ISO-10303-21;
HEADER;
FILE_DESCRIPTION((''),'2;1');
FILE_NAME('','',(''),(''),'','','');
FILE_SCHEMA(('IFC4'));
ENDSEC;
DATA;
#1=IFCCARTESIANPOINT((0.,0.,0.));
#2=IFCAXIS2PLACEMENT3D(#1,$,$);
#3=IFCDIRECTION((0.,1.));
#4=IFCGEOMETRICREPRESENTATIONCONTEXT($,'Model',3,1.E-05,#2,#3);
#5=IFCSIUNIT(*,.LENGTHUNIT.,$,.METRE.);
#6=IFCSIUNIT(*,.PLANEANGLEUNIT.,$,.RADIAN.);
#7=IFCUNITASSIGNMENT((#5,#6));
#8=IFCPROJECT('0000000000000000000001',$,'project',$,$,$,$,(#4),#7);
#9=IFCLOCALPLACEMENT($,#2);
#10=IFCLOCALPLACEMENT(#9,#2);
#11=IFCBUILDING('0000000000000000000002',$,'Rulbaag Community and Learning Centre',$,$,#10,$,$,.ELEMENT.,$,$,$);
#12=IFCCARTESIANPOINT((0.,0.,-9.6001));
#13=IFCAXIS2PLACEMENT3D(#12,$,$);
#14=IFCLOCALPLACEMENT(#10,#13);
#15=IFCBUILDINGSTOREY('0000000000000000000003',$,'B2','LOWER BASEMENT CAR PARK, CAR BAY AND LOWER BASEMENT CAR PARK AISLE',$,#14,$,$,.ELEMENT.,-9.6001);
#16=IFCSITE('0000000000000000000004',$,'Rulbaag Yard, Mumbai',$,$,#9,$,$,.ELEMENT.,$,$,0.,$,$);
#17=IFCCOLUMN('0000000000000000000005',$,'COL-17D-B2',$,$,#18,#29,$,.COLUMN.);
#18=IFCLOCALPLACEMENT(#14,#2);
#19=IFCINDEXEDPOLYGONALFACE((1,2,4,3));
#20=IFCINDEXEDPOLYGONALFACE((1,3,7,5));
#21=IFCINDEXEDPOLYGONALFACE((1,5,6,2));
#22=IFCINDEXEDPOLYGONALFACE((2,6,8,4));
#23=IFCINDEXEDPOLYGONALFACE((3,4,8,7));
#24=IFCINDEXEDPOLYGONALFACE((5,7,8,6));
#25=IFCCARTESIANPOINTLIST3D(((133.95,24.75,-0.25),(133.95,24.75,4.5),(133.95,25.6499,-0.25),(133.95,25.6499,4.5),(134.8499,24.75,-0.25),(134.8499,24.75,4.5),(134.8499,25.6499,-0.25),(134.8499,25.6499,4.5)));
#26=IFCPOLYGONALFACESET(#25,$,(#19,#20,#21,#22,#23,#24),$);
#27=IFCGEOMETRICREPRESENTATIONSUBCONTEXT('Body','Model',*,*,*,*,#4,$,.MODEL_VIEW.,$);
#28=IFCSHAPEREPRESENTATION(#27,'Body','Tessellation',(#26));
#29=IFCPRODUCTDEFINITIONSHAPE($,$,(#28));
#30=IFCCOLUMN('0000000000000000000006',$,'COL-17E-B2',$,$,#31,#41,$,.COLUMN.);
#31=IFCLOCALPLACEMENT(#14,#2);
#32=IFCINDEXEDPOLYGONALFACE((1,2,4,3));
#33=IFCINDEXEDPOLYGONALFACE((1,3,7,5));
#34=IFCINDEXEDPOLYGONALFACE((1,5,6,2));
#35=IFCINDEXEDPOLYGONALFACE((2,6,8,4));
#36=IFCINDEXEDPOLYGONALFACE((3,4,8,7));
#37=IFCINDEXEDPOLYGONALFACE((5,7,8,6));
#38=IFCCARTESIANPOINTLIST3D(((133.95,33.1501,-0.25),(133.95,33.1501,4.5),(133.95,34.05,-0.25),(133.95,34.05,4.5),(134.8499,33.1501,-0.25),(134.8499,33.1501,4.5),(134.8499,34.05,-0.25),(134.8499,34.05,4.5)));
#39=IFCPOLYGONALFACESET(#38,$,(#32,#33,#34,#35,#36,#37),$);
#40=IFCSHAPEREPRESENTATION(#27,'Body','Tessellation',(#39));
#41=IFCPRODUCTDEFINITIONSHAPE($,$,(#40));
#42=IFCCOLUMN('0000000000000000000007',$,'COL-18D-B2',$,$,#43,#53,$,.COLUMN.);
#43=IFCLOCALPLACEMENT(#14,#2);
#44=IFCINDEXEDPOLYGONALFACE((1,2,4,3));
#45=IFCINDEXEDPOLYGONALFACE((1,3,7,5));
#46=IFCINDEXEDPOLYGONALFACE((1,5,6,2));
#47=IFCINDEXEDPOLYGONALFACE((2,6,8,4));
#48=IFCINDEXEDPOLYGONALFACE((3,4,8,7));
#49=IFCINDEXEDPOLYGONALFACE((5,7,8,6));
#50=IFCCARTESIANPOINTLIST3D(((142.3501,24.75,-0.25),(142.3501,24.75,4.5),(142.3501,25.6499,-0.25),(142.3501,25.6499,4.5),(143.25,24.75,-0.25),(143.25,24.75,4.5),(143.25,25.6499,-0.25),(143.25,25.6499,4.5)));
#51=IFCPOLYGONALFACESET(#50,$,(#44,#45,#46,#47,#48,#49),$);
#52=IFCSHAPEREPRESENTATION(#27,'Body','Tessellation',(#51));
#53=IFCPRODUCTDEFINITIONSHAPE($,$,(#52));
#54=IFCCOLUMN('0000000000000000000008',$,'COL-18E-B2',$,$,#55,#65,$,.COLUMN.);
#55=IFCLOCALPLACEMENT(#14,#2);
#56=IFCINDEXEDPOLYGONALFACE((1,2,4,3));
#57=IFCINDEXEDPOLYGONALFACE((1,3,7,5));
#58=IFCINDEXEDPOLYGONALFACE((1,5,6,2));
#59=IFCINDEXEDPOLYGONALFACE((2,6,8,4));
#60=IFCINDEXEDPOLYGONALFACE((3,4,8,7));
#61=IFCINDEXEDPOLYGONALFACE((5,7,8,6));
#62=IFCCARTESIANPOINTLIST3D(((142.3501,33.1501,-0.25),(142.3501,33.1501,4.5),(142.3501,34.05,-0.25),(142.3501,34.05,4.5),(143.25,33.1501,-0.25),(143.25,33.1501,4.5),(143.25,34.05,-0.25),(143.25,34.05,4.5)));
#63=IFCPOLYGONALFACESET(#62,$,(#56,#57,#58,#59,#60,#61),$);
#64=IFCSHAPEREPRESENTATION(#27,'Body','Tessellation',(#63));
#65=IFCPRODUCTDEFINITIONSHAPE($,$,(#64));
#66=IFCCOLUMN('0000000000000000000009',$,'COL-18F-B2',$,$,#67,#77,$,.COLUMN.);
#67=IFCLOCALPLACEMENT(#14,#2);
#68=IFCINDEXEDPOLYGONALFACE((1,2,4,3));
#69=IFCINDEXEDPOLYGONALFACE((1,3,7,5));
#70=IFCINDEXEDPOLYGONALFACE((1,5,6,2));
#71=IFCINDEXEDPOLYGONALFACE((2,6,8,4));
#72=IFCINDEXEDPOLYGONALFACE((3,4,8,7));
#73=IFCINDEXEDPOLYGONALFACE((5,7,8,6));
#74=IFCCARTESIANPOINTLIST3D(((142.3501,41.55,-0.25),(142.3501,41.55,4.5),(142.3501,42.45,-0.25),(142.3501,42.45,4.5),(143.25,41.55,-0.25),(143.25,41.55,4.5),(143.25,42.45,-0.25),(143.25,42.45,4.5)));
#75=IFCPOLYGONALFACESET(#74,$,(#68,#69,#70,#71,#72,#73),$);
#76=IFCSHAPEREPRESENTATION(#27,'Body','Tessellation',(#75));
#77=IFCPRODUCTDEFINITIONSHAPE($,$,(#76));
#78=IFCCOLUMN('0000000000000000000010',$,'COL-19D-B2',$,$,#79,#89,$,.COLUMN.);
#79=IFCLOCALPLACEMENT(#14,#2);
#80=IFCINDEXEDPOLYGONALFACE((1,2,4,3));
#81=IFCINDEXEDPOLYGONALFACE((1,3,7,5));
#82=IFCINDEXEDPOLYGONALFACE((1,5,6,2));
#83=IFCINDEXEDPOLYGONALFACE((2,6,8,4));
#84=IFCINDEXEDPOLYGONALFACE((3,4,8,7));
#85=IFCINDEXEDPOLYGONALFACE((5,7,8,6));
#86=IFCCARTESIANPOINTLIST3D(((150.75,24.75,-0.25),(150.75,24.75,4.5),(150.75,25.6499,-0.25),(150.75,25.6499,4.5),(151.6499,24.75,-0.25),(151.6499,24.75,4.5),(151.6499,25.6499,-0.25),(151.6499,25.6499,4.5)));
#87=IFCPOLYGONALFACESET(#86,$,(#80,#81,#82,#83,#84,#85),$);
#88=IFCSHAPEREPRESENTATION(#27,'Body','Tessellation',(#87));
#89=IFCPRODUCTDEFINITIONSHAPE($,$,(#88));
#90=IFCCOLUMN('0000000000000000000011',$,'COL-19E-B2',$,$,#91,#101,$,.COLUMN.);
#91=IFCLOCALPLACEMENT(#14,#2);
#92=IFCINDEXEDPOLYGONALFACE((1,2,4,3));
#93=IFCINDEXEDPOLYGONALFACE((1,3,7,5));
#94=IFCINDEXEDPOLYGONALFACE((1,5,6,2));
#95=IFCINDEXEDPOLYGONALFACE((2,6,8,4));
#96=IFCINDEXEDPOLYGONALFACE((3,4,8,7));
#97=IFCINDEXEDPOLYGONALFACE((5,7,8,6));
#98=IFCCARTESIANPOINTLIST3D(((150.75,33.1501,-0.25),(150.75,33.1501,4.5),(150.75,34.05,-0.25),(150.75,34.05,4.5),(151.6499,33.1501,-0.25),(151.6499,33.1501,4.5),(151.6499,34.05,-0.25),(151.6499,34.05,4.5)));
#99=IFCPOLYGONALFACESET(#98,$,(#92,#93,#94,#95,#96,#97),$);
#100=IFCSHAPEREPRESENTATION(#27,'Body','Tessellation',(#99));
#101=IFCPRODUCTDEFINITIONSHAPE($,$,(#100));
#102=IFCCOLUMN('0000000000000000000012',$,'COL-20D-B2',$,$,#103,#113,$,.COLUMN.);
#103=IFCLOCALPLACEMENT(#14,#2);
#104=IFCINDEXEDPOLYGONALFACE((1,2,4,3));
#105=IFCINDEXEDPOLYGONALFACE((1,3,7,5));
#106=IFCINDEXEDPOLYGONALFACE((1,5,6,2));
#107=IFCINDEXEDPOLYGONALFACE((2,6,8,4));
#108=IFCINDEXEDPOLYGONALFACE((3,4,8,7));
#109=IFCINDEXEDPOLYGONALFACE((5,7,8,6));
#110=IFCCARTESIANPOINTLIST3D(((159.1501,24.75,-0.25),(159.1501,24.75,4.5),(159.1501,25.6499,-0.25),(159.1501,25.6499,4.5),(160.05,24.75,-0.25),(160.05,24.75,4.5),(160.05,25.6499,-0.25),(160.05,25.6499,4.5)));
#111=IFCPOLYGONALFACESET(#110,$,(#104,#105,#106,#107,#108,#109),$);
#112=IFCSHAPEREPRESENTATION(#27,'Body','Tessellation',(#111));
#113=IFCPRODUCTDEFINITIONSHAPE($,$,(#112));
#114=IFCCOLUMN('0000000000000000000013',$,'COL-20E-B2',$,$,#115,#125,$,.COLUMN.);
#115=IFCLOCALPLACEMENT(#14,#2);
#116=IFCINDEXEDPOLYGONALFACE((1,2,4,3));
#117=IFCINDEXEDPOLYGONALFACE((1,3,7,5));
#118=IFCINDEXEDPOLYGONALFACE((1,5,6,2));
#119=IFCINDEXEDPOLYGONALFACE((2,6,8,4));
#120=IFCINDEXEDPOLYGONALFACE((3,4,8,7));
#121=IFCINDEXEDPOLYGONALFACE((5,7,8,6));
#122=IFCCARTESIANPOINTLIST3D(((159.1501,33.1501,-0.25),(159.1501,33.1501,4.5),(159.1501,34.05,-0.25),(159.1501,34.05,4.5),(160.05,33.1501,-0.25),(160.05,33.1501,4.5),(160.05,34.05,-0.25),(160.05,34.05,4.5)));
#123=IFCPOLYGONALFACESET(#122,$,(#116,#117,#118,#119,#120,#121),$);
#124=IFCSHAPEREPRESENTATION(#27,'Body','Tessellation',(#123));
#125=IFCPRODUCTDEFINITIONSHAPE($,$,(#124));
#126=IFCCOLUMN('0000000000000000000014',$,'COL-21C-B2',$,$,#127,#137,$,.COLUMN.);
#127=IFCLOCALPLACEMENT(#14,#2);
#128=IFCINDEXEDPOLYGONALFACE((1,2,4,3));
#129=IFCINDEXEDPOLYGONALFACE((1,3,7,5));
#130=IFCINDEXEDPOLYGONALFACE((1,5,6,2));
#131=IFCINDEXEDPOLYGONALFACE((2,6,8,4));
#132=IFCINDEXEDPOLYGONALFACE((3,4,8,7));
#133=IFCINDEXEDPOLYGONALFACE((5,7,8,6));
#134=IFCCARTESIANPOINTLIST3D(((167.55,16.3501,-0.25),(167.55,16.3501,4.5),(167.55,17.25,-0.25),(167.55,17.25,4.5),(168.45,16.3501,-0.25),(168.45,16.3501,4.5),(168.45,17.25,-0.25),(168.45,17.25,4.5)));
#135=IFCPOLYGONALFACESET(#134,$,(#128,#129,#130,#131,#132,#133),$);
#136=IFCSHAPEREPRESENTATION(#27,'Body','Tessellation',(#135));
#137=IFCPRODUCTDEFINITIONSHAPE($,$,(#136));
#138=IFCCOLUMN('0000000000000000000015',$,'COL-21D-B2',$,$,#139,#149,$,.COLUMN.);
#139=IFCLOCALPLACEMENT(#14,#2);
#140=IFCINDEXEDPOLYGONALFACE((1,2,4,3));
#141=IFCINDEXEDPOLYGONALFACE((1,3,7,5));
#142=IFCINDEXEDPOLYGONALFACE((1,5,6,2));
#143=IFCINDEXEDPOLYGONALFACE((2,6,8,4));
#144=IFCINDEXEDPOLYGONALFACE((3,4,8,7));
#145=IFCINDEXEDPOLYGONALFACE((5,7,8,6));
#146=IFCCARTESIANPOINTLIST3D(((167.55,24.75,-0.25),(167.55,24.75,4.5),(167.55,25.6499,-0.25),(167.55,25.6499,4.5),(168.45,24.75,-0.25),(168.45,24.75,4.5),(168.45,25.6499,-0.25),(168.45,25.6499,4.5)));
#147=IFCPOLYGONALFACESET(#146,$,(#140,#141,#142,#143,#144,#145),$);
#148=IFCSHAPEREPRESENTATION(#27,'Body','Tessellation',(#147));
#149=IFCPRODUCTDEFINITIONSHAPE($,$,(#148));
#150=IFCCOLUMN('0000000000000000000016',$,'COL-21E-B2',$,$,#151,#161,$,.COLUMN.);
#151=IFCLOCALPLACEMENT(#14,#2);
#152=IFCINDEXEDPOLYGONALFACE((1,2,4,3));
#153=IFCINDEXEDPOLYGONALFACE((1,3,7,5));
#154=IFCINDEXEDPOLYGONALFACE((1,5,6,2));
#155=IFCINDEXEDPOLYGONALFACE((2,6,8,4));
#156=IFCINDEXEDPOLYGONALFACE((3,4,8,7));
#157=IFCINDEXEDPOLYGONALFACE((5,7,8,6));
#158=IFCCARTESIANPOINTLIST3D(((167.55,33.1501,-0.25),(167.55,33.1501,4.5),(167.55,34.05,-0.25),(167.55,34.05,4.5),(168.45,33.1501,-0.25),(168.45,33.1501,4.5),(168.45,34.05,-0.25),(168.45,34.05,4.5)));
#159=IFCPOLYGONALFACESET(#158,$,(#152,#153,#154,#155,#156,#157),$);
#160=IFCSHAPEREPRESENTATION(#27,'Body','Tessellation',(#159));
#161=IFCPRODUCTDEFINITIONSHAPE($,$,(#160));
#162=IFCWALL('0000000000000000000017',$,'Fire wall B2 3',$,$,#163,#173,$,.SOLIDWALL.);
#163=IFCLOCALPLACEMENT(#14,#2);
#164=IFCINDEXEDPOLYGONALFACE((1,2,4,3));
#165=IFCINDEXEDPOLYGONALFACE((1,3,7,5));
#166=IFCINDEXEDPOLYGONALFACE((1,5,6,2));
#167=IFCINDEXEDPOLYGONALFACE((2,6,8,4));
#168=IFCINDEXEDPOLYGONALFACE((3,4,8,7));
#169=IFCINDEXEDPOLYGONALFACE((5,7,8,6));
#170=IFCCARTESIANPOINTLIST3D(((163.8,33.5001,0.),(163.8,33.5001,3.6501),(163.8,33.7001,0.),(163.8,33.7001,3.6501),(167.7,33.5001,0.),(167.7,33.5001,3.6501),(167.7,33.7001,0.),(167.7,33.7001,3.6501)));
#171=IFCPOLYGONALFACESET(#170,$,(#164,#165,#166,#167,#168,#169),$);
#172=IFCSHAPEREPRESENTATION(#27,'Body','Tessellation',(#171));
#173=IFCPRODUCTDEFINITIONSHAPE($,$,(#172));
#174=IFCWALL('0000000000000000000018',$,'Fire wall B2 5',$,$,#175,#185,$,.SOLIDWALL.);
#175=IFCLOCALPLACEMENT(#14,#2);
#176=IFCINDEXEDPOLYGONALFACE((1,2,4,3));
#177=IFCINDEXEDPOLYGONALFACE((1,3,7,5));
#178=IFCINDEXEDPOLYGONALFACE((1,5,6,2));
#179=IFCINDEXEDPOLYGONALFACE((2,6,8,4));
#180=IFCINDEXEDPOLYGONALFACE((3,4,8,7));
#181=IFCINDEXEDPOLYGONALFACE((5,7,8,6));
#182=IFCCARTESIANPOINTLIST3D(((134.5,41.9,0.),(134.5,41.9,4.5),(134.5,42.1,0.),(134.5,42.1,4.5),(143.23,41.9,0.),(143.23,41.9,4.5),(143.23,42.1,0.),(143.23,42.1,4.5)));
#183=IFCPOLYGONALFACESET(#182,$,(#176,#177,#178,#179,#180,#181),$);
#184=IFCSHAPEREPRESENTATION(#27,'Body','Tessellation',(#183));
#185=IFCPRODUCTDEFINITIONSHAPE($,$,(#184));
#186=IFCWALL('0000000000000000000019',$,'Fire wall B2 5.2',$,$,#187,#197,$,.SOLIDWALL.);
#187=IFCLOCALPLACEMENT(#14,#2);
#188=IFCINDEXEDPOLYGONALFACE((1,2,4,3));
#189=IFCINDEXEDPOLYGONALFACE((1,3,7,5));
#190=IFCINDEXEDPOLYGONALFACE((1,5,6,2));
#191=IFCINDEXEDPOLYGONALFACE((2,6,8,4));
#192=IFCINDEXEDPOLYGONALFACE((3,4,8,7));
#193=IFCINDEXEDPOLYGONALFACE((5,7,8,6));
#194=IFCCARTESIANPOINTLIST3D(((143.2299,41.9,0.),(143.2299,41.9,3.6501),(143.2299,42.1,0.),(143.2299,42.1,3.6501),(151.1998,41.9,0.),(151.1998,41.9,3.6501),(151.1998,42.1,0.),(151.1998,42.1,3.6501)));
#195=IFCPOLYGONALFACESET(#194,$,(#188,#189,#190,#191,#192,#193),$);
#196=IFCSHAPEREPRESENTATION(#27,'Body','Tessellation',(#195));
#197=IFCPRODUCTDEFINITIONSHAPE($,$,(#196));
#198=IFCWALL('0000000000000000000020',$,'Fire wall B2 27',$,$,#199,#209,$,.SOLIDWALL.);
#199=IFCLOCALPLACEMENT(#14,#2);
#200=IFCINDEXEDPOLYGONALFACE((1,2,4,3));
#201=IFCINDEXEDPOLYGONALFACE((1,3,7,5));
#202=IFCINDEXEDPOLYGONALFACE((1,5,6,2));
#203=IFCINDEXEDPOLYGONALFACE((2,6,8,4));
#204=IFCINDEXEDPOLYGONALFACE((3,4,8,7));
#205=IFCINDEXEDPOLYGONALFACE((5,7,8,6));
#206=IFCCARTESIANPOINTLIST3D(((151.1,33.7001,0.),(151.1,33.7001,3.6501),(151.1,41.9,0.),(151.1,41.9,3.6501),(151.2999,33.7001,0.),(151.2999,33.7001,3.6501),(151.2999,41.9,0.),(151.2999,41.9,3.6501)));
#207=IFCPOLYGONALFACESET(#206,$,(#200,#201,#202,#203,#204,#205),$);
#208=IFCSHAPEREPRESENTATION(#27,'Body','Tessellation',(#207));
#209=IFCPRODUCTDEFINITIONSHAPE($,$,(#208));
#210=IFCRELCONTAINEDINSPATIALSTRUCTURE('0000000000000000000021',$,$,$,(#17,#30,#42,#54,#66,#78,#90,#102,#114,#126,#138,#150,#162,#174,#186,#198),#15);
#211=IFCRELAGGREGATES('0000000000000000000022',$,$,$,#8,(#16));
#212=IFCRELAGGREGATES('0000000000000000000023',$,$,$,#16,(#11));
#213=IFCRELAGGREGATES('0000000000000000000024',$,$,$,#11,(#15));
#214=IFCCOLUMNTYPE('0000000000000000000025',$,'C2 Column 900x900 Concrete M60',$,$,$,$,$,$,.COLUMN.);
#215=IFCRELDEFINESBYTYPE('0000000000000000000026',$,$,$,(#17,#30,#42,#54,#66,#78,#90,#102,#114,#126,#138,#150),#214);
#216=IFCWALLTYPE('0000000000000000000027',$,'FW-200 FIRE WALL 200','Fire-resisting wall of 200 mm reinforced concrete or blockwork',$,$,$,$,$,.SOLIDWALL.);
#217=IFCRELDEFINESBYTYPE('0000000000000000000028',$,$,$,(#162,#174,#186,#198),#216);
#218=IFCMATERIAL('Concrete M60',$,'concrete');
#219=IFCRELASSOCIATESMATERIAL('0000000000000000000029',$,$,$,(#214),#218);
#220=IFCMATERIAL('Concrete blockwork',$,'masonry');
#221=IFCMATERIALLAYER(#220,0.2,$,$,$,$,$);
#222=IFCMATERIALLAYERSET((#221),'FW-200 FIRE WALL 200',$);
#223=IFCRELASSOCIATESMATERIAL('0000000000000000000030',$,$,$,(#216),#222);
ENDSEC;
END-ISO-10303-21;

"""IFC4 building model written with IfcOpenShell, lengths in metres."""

from ifc_helpers import new_model, si_unit, direction, frame, frame_2d, origin, origin_2d, place, context, subcontext, project, spatial, rectangle, extrude, material, layer, layer_set, material_profile, profile_set, type_object, element, save


model = new_model("IFC4")

# Units and contexts
model_context = context("Model", 3, precision=1e-05, world=origin(), true_north=direction((0.0, 1.0)))
body_context = subcontext(model_context, "Body", "Model", "MODEL_VIEW")
ifc_project = project(units=[si_unit("LENGTHUNIT", "METRE"), si_unit("PLANEANGLEUNIT", "RADIAN")], contexts=[model_context])

# Site, building, storey
site_placement = place(None, origin())
site = spatial("IfcSite", under=ifc_project, at=site_placement, Name="Rulbaag Yard, Mumbai", CompositionType="ELEMENT", RefElevation=0.0)
building_placement = place(site_placement, origin())
building = spatial("IfcBuilding", under=site, at=building_placement, Name="Rulbaag Community and Learning Centre", CompositionType="ELEMENT")
storey_placement = place(building_placement, frame((0.0, 0.0, -9.6001)))
storey = spatial("IfcBuildingStorey", under=building, at=storey_placement, Name="B2", Description="LOWER BASEMENT CAR PARK, CAR BAY AND LOWER BASEMENT CAR PARK AISLE", CompositionType="ELEMENT", Elevation=-9.6001)

# Columns
ifc_material_1 = material(Name="Concrete M60", Category="concrete")
ifc_material_profile_1 = material_profile(ifc_material_1, rectangle(XDim=0.8999, YDim=0.8999, at=origin_2d()), Name="RC900x900")
ifc_profile_set_1 = profile_set([ifc_material_profile_1], Name="Concrete M60")
column_type = type_object("IfcColumnType", Name="C2 Column 900x900 Concrete M60", PredefinedType="COLUMN", material=ifc_profile_set_1)
for number, where, z_axis, x_axis, name in (
    (1, (134.3999, 25.2, -0.25), (0.0, 0.0, 1.0), (1.0, 0.0, 0.0), "COL-17D-B2"),
    (2, (134.3999, 33.6001, -0.25), (0.0, 0.0, 1.0), (1.0, 0.0, 0.0), "COL-17E-B2"),
    (3, (142.8, 25.2, -0.25), (0.0, 0.0, 1.0), (1.0, 0.0, 0.0), "COL-18D-B2"),
    (4, (142.8, 33.6001, -0.25), (0.0, 0.0, 1.0), (1.0, 0.0, 0.0), "COL-18E-B2"),
    (5, (142.8, 42.0, -0.25), (0.0, 0.0, 1.0), (1.0, 0.0, 0.0), "COL-18F-B2"),
    (6, (151.2, 25.2, -0.25), (0.0, 0.0, 1.0), (1.0, 0.0, 0.0), "COL-19D-B2"),
    (7, (151.2, 33.6001, -0.25), (0.0, 0.0, 1.0), (1.0, 0.0, 0.0), "COL-19E-B2"),
    (8, (159.6001, 25.2, -0.25), (0.0, 0.0, 1.0), (1.0, 0.0, 0.0), "COL-20D-B2"),
    (9, (159.6001, 33.6001, -0.25), (0.0, 0.0, 1.0), (1.0, 0.0, 0.0), "COL-20E-B2"),
    (10, (168.0, 16.8, -0.25), (0.0, 0.0, 1.0), (1.0, 0.0, 0.0), "COL-21C-B2"),
    (11, (168.0, 25.2, -0.25), (0.0, 0.0, 1.0), (1.0, 0.0, 0.0), "COL-21D-B2"),
    (12, (168.0, 33.6001, -0.25), (0.0, 0.0, 1.0), (1.0, 0.0, 0.0), "COL-21E-B2"),
):
    element("IfcColumn", number, at=place(storey_placement, frame(where, z_axis=z_axis, x_axis=x_axis)), inside=storey, type_object=column_type, Name=name, PredefinedType="COLUMN", context=body_context, shape_type="SweptSolid", body=[
        extrude(rectangle(XDim=0.8999, YDim=0.8999, at=origin_2d()), origin(), (0.0, 0.0, 1.0), 4.75),
    ])

# Walls
ifc_material_2 = material(Name="Concrete blockwork", Category="masonry")
ifc_layer_1 = layer(ifc_material_2, 0.2)
ifc_layer_set_1 = layer_set([ifc_layer_1], Name="FW-200 FIRE WALL 200")
wall_type_1 = type_object("IfcWallType", Name="FW-200 FIRE WALL 200", Description="Fire-resisting wall of 200 mm reinforced concrete or blockwork", PredefinedType="SOLIDWALL", material=ifc_layer_set_1)
wall_1_placement = place(storey_placement, frame((163.8, 33.6001, 0.0), z_axis=(0.0, 0.0, 1.0), x_axis=(1.0, 0.0, 0.0)))
element("IfcWall", 13, at=wall_1_placement, inside=storey, type_object=wall_type_1, Name="Fire wall B2 3", PredefinedType="SOLIDWALL", context=body_context, shape_type="SweptSolid", body=[
    extrude(rectangle(XDim=3.8999, YDim=0.2, at=frame_2d((1.95, 0.0))), origin(), (0.0, 0.0, 1.0), 3.6501),
])
wall_2_placement = place(storey_placement, frame((134.5, 42.0, 0.0), z_axis=(0.0, 0.0, 1.0), x_axis=(1.0, 0.0, 0.0)))
element("IfcWall", 14, at=wall_2_placement, inside=storey, type_object=wall_type_1, Name="Fire wall B2 5", PredefinedType="SOLIDWALL", context=body_context, shape_type="SweptSolid", body=[
    extrude(rectangle(XDim=8.73, YDim=0.2, at=frame_2d((4.365, 0.0))), origin(), (0.0, 0.0, 1.0), 4.5),
])
wall_3_placement = place(storey_placement, frame((143.23, 42.0, 0.0), z_axis=(0.0, 0.0, 1.0), x_axis=(1.0, 0.0, 0.0)))
element("IfcWall", 15, at=wall_3_placement, inside=storey, type_object=wall_type_1, Name="Fire wall B2 5.2", PredefinedType="SOLIDWALL", context=body_context, shape_type="SweptSolid", body=[
    extrude(rectangle(XDim=7.97, YDim=0.2, at=frame_2d((3.9849, 0.0))), origin(), (0.0, 0.0, 1.0), 3.6501),
])
wall_4_placement = place(storey_placement, frame((151.2, 33.7, 0.0), z_axis=(0.0, 0.0, 1.0), x_axis=(0.0, 1.0, 0.0)))
element("IfcWall", 16, at=wall_4_placement, inside=storey, type_object=wall_type_1, Name="Fire wall B2 27", PredefinedType="SOLIDWALL", context=body_context, shape_type="SweptSolid", body=[
    extrude(rectangle(XDim=8.2, YDim=0.2, at=frame_2d((4.1001, 0.0))), origin(), (0.0, 0.0, 1.0), 3.6501),
])

save(model, "model.ifc")
